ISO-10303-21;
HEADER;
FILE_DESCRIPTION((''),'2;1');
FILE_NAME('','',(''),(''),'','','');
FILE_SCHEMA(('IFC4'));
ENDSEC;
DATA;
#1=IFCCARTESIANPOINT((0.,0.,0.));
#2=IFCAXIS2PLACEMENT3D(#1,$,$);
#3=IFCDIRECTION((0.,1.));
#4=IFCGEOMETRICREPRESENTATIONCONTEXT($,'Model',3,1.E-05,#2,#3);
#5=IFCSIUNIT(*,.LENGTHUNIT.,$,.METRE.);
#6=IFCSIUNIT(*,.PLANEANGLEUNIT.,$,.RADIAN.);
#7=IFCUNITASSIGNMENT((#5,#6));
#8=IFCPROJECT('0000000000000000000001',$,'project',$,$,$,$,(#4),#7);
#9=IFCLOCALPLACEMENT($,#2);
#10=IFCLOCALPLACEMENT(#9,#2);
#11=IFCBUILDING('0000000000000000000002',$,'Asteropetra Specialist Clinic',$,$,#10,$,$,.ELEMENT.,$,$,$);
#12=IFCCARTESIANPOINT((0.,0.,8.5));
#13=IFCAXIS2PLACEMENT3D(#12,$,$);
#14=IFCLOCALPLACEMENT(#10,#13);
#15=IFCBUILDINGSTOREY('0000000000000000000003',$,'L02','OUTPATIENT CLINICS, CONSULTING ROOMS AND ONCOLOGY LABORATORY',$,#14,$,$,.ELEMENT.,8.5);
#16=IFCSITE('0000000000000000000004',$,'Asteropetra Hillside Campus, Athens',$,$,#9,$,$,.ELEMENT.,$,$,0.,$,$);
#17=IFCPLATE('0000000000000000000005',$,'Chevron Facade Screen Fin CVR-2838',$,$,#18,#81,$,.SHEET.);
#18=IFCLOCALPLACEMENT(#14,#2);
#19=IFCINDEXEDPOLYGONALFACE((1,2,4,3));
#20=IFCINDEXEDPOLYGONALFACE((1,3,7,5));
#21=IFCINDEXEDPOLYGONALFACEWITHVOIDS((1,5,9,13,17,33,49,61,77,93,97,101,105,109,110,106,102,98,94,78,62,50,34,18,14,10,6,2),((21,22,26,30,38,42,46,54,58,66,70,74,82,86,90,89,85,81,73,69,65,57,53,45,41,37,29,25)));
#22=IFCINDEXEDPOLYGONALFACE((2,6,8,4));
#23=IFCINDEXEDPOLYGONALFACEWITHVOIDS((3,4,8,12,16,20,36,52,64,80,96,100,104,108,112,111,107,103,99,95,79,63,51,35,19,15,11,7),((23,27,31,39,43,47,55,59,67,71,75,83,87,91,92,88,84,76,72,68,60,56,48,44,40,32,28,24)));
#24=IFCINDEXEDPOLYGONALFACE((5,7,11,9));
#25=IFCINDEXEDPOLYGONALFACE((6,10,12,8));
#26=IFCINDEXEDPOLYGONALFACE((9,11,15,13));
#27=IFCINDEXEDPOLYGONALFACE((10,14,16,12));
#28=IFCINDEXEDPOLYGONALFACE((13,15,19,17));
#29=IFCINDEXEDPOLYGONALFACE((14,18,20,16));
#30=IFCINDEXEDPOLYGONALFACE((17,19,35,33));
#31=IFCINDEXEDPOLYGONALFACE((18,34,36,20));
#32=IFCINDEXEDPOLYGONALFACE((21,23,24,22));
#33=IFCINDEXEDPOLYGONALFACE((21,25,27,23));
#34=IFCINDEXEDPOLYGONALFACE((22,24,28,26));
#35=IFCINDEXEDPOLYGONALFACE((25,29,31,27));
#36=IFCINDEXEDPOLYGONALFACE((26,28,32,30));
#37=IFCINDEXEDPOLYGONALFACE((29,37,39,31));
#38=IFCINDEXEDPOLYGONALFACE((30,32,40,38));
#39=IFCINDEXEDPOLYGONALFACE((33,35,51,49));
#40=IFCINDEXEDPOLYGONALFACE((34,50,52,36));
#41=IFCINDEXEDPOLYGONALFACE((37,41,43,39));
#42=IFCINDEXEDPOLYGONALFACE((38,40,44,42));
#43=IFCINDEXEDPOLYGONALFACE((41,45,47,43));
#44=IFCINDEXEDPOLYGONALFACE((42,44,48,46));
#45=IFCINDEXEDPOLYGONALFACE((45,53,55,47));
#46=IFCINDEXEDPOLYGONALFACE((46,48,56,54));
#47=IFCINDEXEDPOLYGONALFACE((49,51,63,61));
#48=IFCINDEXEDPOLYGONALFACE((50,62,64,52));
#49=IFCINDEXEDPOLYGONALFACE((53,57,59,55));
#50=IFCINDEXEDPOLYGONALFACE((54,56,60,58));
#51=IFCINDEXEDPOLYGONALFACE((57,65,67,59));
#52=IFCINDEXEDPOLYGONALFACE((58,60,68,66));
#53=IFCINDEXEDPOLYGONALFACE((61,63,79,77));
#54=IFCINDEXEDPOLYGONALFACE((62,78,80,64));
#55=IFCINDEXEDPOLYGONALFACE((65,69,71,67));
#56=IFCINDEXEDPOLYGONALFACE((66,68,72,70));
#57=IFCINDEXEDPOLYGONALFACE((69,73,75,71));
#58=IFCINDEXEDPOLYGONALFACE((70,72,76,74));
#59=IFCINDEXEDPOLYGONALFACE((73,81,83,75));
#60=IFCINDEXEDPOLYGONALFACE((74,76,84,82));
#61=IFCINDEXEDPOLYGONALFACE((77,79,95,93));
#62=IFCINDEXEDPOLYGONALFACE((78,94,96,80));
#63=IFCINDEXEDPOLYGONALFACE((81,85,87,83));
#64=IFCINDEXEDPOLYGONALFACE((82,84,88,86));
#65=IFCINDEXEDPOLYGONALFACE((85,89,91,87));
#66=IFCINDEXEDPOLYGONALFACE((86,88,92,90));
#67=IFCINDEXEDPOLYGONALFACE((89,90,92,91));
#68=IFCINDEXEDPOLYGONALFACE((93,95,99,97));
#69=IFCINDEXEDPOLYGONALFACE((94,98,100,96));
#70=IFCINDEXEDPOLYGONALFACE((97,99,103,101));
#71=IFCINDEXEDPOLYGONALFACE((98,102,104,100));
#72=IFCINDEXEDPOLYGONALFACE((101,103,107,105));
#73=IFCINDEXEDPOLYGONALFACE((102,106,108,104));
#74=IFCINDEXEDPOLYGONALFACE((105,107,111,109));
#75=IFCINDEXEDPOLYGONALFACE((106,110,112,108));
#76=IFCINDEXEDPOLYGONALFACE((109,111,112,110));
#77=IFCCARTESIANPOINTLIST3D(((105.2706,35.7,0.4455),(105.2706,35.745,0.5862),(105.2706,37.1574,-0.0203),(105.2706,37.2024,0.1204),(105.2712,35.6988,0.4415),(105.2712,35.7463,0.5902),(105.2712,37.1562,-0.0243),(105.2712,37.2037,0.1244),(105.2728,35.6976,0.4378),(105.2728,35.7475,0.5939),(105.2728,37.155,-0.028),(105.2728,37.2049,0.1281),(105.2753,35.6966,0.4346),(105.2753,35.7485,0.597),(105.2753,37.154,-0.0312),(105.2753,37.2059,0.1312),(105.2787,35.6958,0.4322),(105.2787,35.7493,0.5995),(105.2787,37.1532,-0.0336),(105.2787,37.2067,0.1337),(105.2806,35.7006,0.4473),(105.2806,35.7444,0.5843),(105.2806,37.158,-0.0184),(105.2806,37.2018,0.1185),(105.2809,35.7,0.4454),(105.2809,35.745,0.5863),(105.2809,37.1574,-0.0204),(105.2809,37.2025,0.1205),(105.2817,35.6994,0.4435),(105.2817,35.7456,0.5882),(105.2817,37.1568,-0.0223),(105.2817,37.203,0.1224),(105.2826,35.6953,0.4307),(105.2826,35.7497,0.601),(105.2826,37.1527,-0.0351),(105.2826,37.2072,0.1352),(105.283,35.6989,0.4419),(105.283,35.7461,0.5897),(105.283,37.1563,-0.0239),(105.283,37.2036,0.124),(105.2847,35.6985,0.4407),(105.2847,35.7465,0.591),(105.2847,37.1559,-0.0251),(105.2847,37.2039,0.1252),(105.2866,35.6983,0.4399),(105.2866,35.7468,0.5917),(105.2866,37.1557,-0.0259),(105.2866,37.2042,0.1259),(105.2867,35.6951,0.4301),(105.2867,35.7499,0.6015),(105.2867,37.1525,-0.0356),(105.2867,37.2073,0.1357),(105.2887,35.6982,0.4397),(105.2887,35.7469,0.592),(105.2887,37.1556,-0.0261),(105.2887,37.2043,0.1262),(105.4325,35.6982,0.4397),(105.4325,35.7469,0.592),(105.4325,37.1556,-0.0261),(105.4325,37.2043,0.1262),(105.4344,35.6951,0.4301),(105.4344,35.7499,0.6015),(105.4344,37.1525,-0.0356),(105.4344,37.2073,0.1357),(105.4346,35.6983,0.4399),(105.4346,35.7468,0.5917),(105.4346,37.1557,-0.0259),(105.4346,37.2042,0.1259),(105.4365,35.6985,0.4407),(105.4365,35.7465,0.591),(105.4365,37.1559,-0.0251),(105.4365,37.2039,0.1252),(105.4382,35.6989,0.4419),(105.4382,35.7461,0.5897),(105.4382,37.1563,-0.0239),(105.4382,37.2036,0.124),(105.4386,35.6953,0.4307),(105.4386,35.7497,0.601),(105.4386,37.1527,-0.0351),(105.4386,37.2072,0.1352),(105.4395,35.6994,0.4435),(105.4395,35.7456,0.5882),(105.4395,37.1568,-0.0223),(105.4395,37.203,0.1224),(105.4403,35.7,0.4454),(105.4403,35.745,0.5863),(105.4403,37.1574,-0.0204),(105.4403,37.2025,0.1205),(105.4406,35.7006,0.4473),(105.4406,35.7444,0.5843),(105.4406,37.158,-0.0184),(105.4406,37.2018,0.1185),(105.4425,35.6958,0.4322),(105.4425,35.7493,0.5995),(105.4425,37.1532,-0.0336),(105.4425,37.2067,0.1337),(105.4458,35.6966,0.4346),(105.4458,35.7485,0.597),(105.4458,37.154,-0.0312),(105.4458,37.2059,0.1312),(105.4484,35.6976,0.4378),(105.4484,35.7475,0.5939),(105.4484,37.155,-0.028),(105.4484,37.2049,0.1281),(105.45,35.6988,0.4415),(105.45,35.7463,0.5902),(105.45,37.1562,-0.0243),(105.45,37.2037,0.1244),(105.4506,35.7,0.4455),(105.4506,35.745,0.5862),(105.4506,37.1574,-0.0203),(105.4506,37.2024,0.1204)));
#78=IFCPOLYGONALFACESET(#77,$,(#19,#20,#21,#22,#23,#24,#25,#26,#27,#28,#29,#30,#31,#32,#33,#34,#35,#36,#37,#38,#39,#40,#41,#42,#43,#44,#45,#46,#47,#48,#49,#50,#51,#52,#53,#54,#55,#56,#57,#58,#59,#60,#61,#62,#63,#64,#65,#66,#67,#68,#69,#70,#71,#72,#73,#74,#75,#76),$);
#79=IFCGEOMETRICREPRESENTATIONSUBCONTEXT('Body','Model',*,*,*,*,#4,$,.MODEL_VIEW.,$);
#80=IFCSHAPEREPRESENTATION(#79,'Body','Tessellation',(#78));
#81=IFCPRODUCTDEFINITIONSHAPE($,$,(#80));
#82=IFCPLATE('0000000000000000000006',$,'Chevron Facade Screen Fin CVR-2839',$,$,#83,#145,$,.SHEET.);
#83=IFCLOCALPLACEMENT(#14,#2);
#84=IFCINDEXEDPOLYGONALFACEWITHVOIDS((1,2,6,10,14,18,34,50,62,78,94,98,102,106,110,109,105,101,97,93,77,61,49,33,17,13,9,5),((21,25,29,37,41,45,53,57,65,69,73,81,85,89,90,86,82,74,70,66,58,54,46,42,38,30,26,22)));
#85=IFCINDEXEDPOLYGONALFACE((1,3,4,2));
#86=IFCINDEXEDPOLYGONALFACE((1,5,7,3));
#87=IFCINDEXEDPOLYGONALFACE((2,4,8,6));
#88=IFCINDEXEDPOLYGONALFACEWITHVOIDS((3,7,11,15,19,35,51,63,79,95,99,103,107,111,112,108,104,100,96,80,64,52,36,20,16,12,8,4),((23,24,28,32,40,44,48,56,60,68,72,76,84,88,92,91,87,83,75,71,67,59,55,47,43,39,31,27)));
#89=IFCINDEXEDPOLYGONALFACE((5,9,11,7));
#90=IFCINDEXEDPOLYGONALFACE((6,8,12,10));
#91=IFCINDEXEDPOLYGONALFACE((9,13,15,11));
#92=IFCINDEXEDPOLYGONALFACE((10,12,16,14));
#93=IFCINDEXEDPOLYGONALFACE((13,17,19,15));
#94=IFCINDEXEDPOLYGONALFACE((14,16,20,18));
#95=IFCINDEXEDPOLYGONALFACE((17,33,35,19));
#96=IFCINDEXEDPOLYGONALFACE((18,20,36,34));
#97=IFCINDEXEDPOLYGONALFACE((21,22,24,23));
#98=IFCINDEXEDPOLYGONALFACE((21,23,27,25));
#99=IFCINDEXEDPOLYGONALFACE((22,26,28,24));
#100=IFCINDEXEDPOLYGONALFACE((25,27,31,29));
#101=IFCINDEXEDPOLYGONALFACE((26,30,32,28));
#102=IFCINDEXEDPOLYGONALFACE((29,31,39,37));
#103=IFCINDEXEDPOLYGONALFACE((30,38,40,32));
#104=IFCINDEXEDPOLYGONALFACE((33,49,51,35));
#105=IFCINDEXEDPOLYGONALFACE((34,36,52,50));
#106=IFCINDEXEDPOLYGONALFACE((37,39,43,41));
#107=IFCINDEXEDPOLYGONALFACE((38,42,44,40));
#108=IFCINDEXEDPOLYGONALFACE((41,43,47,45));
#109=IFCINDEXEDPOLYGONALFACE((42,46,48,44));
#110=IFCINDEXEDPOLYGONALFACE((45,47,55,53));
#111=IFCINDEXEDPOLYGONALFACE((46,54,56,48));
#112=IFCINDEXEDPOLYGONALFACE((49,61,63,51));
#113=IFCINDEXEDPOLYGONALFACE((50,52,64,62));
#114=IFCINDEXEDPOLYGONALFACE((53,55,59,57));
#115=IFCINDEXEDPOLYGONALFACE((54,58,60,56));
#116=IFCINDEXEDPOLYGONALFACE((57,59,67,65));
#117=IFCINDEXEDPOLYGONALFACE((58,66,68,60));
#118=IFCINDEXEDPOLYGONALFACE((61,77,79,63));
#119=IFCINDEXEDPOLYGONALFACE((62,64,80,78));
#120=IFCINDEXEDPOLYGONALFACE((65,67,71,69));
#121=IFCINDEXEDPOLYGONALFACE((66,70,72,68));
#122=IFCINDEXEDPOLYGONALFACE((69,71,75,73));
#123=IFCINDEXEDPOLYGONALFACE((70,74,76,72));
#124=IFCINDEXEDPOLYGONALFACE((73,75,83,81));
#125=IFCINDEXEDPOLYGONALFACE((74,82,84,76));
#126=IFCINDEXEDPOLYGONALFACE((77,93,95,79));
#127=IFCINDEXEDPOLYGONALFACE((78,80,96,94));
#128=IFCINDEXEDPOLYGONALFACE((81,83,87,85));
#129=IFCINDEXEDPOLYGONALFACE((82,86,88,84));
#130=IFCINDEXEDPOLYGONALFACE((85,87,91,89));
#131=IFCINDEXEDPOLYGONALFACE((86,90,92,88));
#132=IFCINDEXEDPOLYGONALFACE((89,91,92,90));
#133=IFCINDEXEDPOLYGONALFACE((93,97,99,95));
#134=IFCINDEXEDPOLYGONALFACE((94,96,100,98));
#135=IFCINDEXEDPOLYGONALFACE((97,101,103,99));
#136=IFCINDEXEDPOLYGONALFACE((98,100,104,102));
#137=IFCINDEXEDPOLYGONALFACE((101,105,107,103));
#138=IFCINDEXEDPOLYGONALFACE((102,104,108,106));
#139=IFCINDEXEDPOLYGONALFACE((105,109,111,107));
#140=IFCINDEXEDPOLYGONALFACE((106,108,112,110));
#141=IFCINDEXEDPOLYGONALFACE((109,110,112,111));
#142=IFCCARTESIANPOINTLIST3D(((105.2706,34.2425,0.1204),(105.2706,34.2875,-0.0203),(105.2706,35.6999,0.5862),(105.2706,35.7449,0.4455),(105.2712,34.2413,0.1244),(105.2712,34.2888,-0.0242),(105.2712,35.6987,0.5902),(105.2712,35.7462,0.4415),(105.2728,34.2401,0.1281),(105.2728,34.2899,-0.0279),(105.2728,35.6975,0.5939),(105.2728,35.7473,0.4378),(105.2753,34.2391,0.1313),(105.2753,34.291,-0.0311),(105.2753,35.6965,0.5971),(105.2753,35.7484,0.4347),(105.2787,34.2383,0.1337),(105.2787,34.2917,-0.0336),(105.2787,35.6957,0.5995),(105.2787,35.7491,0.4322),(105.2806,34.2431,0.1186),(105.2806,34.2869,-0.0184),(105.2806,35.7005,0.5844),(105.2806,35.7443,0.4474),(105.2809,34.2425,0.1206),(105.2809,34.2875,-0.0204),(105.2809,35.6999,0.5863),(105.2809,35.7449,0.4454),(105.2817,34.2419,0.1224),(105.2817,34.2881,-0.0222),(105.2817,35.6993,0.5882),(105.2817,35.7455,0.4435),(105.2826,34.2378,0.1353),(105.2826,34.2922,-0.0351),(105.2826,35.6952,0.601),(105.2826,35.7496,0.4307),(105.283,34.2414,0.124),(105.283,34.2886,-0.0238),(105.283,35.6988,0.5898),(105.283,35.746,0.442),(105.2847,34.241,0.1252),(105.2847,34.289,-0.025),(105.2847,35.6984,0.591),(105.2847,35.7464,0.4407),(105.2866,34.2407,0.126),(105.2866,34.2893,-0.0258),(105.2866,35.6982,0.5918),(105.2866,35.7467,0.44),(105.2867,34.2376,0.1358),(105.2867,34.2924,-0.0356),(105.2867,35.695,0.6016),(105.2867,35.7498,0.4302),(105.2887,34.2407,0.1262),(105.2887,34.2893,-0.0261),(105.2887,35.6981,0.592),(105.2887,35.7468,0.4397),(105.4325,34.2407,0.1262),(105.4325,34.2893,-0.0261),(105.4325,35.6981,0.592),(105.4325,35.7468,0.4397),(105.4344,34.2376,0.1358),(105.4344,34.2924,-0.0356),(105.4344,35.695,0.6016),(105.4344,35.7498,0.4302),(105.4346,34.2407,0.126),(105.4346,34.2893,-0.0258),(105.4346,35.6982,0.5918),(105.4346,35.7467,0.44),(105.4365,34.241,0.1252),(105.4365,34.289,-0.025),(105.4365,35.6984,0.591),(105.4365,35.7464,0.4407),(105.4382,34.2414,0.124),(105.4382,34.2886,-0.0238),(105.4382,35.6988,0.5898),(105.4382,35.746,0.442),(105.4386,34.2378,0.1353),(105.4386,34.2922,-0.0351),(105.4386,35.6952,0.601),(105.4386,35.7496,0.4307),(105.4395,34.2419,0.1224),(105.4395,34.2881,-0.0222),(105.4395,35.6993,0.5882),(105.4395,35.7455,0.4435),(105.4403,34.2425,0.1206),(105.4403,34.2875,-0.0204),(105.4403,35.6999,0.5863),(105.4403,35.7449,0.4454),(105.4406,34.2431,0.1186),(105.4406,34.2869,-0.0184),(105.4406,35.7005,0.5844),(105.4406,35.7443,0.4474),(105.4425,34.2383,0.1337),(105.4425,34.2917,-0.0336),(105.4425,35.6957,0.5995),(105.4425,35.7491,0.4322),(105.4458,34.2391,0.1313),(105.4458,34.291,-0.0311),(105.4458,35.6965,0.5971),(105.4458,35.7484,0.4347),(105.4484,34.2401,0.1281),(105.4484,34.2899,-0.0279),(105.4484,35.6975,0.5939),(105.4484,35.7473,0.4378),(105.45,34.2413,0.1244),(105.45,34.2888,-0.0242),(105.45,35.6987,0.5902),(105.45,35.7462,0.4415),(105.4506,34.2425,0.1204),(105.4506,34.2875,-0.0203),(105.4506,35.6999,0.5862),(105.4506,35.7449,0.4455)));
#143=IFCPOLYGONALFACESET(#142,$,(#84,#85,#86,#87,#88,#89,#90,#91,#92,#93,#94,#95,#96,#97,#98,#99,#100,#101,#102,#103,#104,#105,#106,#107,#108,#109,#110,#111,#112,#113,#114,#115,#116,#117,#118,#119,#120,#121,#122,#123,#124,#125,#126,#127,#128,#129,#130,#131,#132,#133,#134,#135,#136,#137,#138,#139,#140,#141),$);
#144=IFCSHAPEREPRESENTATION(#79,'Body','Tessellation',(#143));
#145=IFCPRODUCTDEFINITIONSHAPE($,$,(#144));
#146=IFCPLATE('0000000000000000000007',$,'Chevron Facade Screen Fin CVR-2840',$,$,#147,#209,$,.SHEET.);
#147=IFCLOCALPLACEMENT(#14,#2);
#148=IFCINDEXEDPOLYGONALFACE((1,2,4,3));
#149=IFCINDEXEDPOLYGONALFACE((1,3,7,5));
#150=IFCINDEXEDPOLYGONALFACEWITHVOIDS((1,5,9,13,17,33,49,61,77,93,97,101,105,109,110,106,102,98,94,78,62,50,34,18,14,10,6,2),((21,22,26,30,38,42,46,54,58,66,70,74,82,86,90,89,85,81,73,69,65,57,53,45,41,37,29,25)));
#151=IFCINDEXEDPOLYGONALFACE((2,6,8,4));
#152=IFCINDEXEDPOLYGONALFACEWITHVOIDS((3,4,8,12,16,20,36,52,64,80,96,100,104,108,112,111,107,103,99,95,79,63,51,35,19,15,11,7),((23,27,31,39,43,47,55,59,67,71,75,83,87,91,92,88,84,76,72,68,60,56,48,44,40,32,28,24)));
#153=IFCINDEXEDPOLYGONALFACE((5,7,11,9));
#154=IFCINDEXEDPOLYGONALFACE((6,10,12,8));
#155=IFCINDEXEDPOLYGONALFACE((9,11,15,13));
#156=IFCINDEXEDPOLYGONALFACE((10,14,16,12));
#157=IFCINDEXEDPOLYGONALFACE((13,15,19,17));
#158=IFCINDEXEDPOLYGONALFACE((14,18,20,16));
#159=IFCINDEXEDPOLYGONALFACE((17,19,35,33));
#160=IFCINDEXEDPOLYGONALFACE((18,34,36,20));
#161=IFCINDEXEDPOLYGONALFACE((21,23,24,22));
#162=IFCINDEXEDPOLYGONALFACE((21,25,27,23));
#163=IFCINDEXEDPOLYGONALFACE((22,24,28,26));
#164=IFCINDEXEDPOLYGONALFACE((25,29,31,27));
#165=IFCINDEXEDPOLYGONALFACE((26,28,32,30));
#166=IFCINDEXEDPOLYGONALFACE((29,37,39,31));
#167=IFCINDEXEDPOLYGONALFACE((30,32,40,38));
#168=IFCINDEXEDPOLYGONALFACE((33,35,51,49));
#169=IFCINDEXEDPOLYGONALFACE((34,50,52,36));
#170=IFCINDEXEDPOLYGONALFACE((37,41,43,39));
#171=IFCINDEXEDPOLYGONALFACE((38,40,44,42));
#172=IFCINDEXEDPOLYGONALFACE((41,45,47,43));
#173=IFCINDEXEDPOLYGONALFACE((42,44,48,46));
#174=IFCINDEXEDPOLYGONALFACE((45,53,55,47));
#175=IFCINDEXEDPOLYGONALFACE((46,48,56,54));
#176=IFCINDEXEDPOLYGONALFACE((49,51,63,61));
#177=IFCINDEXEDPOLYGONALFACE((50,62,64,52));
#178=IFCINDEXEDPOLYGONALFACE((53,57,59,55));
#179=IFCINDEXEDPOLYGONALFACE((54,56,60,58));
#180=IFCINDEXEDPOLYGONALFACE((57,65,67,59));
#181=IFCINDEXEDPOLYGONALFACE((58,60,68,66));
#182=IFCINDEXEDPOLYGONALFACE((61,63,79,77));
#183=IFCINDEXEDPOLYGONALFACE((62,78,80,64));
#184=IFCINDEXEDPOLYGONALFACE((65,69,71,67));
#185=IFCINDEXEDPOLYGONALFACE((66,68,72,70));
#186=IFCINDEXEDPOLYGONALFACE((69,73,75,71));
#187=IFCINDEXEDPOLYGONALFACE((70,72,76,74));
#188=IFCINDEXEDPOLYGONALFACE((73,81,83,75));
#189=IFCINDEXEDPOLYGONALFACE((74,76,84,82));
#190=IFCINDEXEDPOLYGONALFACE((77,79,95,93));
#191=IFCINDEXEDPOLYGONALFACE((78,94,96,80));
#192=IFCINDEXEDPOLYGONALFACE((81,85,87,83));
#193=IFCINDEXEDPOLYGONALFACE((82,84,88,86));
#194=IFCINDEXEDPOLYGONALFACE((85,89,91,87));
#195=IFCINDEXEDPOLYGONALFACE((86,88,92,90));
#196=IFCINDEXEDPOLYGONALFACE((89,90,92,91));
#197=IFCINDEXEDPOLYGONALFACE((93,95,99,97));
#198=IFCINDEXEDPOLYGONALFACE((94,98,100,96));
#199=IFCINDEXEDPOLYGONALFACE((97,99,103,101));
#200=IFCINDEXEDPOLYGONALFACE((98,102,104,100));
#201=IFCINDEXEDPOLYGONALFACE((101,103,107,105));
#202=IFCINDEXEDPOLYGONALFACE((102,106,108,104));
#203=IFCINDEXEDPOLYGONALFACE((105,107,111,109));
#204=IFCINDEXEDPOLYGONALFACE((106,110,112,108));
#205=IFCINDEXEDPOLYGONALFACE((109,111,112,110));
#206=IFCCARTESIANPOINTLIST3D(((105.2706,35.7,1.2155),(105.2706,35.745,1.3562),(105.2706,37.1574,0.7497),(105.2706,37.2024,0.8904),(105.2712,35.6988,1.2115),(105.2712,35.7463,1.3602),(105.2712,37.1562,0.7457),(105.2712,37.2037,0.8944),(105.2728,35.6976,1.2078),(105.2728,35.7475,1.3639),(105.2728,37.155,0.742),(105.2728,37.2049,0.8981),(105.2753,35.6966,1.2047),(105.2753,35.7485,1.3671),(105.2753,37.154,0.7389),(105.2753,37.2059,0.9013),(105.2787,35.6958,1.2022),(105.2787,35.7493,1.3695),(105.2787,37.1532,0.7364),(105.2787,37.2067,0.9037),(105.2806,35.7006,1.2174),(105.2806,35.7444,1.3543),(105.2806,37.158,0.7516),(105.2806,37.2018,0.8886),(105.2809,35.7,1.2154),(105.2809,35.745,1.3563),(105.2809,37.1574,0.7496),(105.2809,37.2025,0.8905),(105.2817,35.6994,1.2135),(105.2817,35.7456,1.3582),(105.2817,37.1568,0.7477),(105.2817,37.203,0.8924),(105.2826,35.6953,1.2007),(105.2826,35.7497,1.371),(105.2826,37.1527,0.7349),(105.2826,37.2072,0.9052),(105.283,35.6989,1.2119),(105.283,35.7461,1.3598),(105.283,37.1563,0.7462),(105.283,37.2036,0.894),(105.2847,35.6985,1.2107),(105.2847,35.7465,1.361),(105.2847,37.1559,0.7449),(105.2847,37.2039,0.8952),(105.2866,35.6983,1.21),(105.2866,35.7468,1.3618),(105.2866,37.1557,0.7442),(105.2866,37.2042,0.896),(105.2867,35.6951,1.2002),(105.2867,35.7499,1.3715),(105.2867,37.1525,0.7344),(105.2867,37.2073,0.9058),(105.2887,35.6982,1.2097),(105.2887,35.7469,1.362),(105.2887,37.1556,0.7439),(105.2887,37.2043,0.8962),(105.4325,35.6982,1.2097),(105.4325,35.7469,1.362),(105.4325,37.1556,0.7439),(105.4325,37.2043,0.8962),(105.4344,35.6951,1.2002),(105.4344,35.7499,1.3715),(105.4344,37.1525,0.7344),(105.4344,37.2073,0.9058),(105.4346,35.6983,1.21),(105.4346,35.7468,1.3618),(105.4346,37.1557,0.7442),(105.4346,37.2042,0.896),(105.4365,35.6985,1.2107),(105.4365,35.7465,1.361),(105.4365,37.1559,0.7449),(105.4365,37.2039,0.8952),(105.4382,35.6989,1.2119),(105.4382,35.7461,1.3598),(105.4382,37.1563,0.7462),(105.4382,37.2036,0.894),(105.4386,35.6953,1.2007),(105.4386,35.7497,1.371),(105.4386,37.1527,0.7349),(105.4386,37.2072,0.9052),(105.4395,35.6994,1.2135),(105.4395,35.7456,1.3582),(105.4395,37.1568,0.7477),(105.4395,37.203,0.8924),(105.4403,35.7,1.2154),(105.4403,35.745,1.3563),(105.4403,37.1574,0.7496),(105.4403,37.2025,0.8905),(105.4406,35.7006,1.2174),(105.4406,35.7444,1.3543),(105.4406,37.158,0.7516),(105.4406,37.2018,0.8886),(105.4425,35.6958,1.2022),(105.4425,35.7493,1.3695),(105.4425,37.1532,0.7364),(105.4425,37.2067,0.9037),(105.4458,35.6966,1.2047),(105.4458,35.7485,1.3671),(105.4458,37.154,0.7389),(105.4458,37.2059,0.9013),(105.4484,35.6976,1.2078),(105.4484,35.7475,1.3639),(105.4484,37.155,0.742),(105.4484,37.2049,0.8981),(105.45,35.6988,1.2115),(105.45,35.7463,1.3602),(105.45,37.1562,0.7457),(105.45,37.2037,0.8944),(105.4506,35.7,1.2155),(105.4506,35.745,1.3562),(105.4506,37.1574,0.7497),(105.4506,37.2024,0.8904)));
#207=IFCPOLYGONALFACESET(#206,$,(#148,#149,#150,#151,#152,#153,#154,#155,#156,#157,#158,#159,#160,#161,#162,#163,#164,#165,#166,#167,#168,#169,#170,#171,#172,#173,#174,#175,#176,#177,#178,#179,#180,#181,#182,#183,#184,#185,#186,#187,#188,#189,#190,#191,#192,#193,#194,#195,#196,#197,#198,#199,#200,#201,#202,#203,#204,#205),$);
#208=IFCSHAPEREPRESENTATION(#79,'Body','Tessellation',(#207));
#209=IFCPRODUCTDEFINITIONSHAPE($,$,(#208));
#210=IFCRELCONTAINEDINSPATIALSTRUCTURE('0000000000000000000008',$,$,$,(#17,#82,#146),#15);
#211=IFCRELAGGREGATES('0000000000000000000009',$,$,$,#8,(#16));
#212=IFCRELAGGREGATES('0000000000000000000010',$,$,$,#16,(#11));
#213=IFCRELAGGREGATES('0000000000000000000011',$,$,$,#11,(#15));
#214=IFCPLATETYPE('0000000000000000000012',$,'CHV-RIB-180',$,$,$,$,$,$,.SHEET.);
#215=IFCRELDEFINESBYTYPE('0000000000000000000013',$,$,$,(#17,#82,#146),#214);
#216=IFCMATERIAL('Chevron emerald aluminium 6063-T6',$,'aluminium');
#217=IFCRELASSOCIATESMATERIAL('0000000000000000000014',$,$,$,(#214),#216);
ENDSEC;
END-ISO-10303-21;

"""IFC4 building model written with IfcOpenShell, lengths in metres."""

from ifc_helpers import new_model, si_unit, direction, frame, origin, origin_2d, place, context, subcontext, project, spatial, hollow_rectangle, extrude, material, material_profile, profile_set, type_object, element, save


model = new_model("IFC4")

# Units and contexts
model_context = context("Model", 3, precision=1e-05, world=origin(), true_north=direction((0.0, 1.0)))
body_context = subcontext(model_context, "Body", "Model", "MODEL_VIEW")
ifc_project = project(units=[si_unit("LENGTHUNIT", "METRE"), si_unit("PLANEANGLEUNIT", "RADIAN")], contexts=[model_context])

# Site, building, storey
site_placement = place(None, origin())
site = spatial("IfcSite", under=ifc_project, at=site_placement, Name="Asteropetra Hillside Campus, Athens", CompositionType="ELEMENT", RefElevation=0.0)
building_placement = place(site_placement, origin())
building = spatial("IfcBuilding", under=site, at=building_placement, Name="Asteropetra Specialist Clinic", CompositionType="ELEMENT")
storey_placement = place(building_placement, frame((0.0, 0.0, 8.5)))
storey = spatial("IfcBuildingStorey", under=building, at=storey_placement, Name="L02", Description="OUTPATIENT CLINICS, CONSULTING ROOMS AND ONCOLOGY LABORATORY", CompositionType="ELEMENT", Elevation=8.5)

# Plates
ifc_material_1 = material(Name="Chevron emerald aluminium 6063-T6", Category="aluminium")
ifc_material_profile = material_profile(ifc_material_1, hollow_rectangle(XDim=0.1799, YDim=0.1799, WallThickness=0.01, InnerFilletRadius=0.0081, OuterFilletRadius=0.0161, at=origin_2d()), Name="SHS 180x180x10.0")
ifc_profile_set = profile_set([ifc_material_profile], Name="Chevron emerald aluminium 6063-T6")
plate_type = type_object("IfcPlateType", Name="CHV-RIB-180", PredefinedType="SHEET", material=ifc_profile_set)
for number, where, z_axis, x_axis, name in (
    (1, (105.3606, 37.1799, 0.05), (0.0, -0.952535, 0.304428), (1.0, 0.0, 0.0), "Chevron Facade Screen Fin CVR-2838"),
    (2, (105.3606, 35.7224, 0.5159), (0.0, -0.952535, -0.304428), (1.0, 0.0, 0.0), "Chevron Facade Screen Fin CVR-2839"),
    (3, (105.3606, 37.1799, 0.8201), (0.0, -0.952535, 0.304428), (1.0, 0.0, 0.0), "Chevron Facade Screen Fin CVR-2840"),
):
    element("IfcPlate", number, at=place(storey_placement, frame(where, z_axis=z_axis, x_axis=x_axis)), inside=storey, type_object=plate_type, Name=name, PredefinedType="SHEET", context=body_context, shape_type="SweptSolid", body=[
        extrude(hollow_rectangle(XDim=0.1799, YDim=0.1799, WallThickness=0.01, InnerFilletRadius=0.0081, OuterFilletRadius=0.0161, at=origin_2d()), origin(), (0.0, 0.0, 1.0), 1.53),
    ])

save(model, "model.ifc")
